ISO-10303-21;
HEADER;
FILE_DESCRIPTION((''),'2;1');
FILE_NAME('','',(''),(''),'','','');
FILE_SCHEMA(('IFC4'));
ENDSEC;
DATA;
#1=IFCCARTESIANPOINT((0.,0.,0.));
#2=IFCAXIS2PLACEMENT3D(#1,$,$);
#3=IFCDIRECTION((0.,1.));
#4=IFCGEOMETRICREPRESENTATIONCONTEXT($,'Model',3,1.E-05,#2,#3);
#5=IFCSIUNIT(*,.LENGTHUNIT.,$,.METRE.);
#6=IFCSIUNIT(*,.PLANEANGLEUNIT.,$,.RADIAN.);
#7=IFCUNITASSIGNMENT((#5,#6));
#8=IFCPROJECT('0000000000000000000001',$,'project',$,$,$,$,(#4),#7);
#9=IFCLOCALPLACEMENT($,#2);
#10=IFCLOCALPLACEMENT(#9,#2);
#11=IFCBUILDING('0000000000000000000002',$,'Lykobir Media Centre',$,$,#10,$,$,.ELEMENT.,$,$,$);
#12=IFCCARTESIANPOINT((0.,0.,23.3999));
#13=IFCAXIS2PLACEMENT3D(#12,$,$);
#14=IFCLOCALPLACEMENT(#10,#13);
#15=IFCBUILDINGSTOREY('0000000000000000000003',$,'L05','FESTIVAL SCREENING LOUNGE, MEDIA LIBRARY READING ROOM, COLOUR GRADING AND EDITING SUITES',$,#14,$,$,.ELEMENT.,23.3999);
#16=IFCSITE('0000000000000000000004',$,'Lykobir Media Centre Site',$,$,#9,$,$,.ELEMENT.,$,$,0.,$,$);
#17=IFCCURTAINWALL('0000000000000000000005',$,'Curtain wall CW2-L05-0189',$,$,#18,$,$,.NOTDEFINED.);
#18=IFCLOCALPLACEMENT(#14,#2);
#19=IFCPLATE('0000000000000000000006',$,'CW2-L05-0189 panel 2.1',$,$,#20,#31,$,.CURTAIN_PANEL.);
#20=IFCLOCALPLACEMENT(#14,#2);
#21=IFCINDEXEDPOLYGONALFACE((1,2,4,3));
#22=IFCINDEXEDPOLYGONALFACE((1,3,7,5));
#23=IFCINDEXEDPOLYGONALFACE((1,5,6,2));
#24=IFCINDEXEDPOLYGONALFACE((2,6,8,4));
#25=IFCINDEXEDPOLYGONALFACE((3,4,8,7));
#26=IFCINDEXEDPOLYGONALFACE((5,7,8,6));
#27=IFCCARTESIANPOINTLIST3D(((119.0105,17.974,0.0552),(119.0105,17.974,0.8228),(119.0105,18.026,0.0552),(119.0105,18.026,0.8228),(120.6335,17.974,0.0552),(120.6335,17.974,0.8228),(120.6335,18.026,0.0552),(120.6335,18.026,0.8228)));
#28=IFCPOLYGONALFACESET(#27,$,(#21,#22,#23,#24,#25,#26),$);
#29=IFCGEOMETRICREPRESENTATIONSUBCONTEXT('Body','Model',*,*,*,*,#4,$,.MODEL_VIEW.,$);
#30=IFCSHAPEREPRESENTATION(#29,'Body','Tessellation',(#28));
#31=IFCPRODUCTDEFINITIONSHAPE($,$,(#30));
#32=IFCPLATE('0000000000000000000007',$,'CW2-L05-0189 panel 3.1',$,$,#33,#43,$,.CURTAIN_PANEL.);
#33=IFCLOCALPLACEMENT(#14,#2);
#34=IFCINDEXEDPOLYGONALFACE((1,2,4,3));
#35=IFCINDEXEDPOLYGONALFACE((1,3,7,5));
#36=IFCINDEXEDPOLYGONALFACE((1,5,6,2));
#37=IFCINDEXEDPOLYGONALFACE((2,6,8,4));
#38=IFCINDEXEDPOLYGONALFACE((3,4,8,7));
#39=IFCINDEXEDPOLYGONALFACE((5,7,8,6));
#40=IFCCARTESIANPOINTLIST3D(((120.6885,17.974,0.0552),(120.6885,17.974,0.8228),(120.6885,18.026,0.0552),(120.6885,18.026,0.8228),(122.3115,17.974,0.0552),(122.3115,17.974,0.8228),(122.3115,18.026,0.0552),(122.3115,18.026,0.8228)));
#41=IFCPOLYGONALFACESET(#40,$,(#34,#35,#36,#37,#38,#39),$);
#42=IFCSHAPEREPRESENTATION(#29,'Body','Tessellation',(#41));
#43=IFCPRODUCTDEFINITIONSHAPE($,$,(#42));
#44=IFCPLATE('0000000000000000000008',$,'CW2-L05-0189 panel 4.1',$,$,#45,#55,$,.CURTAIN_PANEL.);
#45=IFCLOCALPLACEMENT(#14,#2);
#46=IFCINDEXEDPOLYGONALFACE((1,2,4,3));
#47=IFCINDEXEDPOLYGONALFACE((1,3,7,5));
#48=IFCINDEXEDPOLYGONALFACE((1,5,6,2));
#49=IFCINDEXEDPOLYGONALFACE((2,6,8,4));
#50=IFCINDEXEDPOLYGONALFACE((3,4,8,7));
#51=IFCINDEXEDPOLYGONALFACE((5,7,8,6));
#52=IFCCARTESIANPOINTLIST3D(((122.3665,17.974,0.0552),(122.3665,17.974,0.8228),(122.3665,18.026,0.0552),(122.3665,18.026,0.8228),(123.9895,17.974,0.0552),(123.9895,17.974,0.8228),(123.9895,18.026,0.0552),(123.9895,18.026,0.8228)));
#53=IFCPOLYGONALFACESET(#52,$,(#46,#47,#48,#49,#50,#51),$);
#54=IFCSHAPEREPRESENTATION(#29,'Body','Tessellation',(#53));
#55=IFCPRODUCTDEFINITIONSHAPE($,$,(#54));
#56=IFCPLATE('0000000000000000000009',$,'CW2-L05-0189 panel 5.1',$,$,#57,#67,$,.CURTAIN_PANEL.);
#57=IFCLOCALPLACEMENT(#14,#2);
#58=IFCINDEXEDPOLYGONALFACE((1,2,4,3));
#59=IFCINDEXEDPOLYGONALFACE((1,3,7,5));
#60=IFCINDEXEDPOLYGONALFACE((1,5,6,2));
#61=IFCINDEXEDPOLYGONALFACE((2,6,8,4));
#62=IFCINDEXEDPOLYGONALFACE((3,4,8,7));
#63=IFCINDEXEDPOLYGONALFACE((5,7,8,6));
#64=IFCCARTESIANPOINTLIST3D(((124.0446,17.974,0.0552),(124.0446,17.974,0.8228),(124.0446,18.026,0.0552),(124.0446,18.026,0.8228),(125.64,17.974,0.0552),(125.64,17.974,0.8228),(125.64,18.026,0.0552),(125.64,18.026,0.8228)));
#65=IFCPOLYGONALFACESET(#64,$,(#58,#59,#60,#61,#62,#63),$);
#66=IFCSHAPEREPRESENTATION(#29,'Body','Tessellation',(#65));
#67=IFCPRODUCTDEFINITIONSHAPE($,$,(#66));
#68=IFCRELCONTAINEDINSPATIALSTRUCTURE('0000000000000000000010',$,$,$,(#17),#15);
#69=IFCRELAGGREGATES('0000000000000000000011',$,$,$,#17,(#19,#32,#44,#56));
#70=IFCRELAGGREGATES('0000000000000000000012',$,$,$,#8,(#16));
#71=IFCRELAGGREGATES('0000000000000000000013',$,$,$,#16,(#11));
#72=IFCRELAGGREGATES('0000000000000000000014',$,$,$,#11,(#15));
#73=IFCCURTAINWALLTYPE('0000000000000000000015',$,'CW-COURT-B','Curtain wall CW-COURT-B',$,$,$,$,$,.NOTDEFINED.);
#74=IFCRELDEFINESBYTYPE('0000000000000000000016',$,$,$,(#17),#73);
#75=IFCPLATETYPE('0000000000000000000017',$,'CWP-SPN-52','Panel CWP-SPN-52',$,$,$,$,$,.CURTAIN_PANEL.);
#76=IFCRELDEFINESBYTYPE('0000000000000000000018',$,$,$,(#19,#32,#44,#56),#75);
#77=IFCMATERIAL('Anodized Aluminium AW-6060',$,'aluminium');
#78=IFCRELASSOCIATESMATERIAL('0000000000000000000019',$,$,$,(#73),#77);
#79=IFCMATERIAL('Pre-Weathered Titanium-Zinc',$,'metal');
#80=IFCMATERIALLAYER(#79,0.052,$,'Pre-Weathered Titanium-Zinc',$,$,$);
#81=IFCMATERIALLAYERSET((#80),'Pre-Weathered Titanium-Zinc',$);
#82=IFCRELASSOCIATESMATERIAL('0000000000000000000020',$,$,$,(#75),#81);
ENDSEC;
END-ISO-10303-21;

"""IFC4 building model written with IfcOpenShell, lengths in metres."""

from ifc_helpers import new_model, si_unit, direction, frame, origin, origin_2d, place, context, subcontext, project, spatial, rectangle, extrude, material, layer, layer_set, type_object, element, aggregate, save


model = new_model("IFC4")

# Units and contexts
model_context = context("Model", 3, precision=1e-05, world=origin(), true_north=direction((0.0, 1.0)))
body_context = subcontext(model_context, "Body", "Model", "MODEL_VIEW")
ifc_project = project(units=[si_unit("LENGTHUNIT", "METRE"), si_unit("PLANEANGLEUNIT", "RADIAN")], contexts=[model_context])

# Site, building, storey
site_placement = place(None, origin())
site = spatial("IfcSite", under=ifc_project, at=site_placement, Name="Lykobir Media Centre Site", CompositionType="ELEMENT", RefElevation=0.0)
building_placement = place(site_placement, origin())
building = spatial("IfcBuilding", under=site, at=building_placement, Name="Lykobir Media Centre", CompositionType="ELEMENT")
storey_placement = place(building_placement, frame((0.0, 0.0, 23.3999)))
storey = spatial("IfcBuildingStorey", under=building, at=storey_placement, Name="L05", Description="FESTIVAL SCREENING LOUNGE, MEDIA LIBRARY READING ROOM, COLOUR GRADING AND EDITING SUITES", CompositionType="ELEMENT", Elevation=23.3999)

# Curtain wall, plates
ifc_material_1 = material(Name="Anodized Aluminium AW-6060", Category="aluminium")
curtain_wall_type = type_object("IfcCurtainWallType", Name="CW-COURT-B", Description="Curtain wall CW-COURT-B", PredefinedType="NOTDEFINED", material=ifc_material_1)
curtain_wall_placement = place(storey_placement, origin())
curtain_wall = element("IfcCurtainWall", 1, at=curtain_wall_placement, inside=storey, type_object=curtain_wall_type, Name="Curtain wall CW2-L05-0189", PredefinedType="NOTDEFINED")
ifc_material_2 = material(Name="Pre-Weathered Titanium-Zinc", Category="metal")
ifc_layer_1 = layer(ifc_material_2, 0.052, Name="Pre-Weathered Titanium-Zinc")
ifc_layer_set_1 = layer_set([ifc_layer_1], Name="Pre-Weathered Titanium-Zinc")
plate_type_1 = type_object("IfcPlateType", Name="CWP-SPN-52", Description="Panel CWP-SPN-52", PredefinedType="CURTAIN_PANEL", material=ifc_layer_set_1)
plate_1_placement = place(storey_placement, frame((119.822, 18.0, 0.0552), z_axis=(0.0, 0.0, 1.0), x_axis=(1.0, 0.0, 0.0)))
plate_1 = element("IfcPlate", 2, at=plate_1_placement, type_object=plate_type_1, Name="CW2-L05-0189 panel 2.1", PredefinedType="CURTAIN_PANEL", context=body_context, shape_type="SweptSolid", body=[
    extrude(rectangle(XDim=1.623, YDim=0.052, at=origin_2d()), origin(), (0.0, 0.0, 1.0), 0.7676),
])
plate_2_placement = place(storey_placement, frame((121.5, 18.0, 0.0552), z_axis=(0.0, 0.0, 1.0), x_axis=(1.0, 0.0, 0.0)))
plate_2 = element("IfcPlate", 3, at=plate_2_placement, type_object=plate_type_1, Name="CW2-L05-0189 panel 3.1", PredefinedType="CURTAIN_PANEL", context=body_context, shape_type="SweptSolid", body=[
    extrude(rectangle(XDim=1.623, YDim=0.052, at=origin_2d()), origin(), (0.0, 0.0, 1.0), 0.7676),
])
plate_3_placement = place(storey_placement, frame((123.178, 18.0, 0.0552), z_axis=(0.0, 0.0, 1.0), x_axis=(1.0, 0.0, 0.0)))
plate_3 = element("IfcPlate", 4, at=plate_3_placement, type_object=plate_type_1, Name="CW2-L05-0189 panel 4.1", PredefinedType="CURTAIN_PANEL", context=body_context, shape_type="SweptSolid", body=[
    extrude(rectangle(XDim=1.623, YDim=0.052, at=origin_2d()), origin(), (0.0, 0.0, 1.0), 0.7676),
])
plate_4_placement = place(storey_placement, frame((124.8423, 18.0, 0.0552), z_axis=(0.0, 0.0, 1.0), x_axis=(1.0, 0.0, 0.0)))
plate_4 = element("IfcPlate", 5, at=plate_4_placement, type_object=plate_type_1, Name="CW2-L05-0189 panel 5.1", PredefinedType="CURTAIN_PANEL", context=body_context, shape_type="SweptSolid", body=[
    extrude(rectangle(XDim=1.5955, YDim=0.052, at=origin_2d()), origin(), (0.0, 0.0, 1.0), 0.7676),
])
aggregate(curtain_wall, [plate_1, plate_2, plate_3, plate_4])

save(model, "model.ifc")
